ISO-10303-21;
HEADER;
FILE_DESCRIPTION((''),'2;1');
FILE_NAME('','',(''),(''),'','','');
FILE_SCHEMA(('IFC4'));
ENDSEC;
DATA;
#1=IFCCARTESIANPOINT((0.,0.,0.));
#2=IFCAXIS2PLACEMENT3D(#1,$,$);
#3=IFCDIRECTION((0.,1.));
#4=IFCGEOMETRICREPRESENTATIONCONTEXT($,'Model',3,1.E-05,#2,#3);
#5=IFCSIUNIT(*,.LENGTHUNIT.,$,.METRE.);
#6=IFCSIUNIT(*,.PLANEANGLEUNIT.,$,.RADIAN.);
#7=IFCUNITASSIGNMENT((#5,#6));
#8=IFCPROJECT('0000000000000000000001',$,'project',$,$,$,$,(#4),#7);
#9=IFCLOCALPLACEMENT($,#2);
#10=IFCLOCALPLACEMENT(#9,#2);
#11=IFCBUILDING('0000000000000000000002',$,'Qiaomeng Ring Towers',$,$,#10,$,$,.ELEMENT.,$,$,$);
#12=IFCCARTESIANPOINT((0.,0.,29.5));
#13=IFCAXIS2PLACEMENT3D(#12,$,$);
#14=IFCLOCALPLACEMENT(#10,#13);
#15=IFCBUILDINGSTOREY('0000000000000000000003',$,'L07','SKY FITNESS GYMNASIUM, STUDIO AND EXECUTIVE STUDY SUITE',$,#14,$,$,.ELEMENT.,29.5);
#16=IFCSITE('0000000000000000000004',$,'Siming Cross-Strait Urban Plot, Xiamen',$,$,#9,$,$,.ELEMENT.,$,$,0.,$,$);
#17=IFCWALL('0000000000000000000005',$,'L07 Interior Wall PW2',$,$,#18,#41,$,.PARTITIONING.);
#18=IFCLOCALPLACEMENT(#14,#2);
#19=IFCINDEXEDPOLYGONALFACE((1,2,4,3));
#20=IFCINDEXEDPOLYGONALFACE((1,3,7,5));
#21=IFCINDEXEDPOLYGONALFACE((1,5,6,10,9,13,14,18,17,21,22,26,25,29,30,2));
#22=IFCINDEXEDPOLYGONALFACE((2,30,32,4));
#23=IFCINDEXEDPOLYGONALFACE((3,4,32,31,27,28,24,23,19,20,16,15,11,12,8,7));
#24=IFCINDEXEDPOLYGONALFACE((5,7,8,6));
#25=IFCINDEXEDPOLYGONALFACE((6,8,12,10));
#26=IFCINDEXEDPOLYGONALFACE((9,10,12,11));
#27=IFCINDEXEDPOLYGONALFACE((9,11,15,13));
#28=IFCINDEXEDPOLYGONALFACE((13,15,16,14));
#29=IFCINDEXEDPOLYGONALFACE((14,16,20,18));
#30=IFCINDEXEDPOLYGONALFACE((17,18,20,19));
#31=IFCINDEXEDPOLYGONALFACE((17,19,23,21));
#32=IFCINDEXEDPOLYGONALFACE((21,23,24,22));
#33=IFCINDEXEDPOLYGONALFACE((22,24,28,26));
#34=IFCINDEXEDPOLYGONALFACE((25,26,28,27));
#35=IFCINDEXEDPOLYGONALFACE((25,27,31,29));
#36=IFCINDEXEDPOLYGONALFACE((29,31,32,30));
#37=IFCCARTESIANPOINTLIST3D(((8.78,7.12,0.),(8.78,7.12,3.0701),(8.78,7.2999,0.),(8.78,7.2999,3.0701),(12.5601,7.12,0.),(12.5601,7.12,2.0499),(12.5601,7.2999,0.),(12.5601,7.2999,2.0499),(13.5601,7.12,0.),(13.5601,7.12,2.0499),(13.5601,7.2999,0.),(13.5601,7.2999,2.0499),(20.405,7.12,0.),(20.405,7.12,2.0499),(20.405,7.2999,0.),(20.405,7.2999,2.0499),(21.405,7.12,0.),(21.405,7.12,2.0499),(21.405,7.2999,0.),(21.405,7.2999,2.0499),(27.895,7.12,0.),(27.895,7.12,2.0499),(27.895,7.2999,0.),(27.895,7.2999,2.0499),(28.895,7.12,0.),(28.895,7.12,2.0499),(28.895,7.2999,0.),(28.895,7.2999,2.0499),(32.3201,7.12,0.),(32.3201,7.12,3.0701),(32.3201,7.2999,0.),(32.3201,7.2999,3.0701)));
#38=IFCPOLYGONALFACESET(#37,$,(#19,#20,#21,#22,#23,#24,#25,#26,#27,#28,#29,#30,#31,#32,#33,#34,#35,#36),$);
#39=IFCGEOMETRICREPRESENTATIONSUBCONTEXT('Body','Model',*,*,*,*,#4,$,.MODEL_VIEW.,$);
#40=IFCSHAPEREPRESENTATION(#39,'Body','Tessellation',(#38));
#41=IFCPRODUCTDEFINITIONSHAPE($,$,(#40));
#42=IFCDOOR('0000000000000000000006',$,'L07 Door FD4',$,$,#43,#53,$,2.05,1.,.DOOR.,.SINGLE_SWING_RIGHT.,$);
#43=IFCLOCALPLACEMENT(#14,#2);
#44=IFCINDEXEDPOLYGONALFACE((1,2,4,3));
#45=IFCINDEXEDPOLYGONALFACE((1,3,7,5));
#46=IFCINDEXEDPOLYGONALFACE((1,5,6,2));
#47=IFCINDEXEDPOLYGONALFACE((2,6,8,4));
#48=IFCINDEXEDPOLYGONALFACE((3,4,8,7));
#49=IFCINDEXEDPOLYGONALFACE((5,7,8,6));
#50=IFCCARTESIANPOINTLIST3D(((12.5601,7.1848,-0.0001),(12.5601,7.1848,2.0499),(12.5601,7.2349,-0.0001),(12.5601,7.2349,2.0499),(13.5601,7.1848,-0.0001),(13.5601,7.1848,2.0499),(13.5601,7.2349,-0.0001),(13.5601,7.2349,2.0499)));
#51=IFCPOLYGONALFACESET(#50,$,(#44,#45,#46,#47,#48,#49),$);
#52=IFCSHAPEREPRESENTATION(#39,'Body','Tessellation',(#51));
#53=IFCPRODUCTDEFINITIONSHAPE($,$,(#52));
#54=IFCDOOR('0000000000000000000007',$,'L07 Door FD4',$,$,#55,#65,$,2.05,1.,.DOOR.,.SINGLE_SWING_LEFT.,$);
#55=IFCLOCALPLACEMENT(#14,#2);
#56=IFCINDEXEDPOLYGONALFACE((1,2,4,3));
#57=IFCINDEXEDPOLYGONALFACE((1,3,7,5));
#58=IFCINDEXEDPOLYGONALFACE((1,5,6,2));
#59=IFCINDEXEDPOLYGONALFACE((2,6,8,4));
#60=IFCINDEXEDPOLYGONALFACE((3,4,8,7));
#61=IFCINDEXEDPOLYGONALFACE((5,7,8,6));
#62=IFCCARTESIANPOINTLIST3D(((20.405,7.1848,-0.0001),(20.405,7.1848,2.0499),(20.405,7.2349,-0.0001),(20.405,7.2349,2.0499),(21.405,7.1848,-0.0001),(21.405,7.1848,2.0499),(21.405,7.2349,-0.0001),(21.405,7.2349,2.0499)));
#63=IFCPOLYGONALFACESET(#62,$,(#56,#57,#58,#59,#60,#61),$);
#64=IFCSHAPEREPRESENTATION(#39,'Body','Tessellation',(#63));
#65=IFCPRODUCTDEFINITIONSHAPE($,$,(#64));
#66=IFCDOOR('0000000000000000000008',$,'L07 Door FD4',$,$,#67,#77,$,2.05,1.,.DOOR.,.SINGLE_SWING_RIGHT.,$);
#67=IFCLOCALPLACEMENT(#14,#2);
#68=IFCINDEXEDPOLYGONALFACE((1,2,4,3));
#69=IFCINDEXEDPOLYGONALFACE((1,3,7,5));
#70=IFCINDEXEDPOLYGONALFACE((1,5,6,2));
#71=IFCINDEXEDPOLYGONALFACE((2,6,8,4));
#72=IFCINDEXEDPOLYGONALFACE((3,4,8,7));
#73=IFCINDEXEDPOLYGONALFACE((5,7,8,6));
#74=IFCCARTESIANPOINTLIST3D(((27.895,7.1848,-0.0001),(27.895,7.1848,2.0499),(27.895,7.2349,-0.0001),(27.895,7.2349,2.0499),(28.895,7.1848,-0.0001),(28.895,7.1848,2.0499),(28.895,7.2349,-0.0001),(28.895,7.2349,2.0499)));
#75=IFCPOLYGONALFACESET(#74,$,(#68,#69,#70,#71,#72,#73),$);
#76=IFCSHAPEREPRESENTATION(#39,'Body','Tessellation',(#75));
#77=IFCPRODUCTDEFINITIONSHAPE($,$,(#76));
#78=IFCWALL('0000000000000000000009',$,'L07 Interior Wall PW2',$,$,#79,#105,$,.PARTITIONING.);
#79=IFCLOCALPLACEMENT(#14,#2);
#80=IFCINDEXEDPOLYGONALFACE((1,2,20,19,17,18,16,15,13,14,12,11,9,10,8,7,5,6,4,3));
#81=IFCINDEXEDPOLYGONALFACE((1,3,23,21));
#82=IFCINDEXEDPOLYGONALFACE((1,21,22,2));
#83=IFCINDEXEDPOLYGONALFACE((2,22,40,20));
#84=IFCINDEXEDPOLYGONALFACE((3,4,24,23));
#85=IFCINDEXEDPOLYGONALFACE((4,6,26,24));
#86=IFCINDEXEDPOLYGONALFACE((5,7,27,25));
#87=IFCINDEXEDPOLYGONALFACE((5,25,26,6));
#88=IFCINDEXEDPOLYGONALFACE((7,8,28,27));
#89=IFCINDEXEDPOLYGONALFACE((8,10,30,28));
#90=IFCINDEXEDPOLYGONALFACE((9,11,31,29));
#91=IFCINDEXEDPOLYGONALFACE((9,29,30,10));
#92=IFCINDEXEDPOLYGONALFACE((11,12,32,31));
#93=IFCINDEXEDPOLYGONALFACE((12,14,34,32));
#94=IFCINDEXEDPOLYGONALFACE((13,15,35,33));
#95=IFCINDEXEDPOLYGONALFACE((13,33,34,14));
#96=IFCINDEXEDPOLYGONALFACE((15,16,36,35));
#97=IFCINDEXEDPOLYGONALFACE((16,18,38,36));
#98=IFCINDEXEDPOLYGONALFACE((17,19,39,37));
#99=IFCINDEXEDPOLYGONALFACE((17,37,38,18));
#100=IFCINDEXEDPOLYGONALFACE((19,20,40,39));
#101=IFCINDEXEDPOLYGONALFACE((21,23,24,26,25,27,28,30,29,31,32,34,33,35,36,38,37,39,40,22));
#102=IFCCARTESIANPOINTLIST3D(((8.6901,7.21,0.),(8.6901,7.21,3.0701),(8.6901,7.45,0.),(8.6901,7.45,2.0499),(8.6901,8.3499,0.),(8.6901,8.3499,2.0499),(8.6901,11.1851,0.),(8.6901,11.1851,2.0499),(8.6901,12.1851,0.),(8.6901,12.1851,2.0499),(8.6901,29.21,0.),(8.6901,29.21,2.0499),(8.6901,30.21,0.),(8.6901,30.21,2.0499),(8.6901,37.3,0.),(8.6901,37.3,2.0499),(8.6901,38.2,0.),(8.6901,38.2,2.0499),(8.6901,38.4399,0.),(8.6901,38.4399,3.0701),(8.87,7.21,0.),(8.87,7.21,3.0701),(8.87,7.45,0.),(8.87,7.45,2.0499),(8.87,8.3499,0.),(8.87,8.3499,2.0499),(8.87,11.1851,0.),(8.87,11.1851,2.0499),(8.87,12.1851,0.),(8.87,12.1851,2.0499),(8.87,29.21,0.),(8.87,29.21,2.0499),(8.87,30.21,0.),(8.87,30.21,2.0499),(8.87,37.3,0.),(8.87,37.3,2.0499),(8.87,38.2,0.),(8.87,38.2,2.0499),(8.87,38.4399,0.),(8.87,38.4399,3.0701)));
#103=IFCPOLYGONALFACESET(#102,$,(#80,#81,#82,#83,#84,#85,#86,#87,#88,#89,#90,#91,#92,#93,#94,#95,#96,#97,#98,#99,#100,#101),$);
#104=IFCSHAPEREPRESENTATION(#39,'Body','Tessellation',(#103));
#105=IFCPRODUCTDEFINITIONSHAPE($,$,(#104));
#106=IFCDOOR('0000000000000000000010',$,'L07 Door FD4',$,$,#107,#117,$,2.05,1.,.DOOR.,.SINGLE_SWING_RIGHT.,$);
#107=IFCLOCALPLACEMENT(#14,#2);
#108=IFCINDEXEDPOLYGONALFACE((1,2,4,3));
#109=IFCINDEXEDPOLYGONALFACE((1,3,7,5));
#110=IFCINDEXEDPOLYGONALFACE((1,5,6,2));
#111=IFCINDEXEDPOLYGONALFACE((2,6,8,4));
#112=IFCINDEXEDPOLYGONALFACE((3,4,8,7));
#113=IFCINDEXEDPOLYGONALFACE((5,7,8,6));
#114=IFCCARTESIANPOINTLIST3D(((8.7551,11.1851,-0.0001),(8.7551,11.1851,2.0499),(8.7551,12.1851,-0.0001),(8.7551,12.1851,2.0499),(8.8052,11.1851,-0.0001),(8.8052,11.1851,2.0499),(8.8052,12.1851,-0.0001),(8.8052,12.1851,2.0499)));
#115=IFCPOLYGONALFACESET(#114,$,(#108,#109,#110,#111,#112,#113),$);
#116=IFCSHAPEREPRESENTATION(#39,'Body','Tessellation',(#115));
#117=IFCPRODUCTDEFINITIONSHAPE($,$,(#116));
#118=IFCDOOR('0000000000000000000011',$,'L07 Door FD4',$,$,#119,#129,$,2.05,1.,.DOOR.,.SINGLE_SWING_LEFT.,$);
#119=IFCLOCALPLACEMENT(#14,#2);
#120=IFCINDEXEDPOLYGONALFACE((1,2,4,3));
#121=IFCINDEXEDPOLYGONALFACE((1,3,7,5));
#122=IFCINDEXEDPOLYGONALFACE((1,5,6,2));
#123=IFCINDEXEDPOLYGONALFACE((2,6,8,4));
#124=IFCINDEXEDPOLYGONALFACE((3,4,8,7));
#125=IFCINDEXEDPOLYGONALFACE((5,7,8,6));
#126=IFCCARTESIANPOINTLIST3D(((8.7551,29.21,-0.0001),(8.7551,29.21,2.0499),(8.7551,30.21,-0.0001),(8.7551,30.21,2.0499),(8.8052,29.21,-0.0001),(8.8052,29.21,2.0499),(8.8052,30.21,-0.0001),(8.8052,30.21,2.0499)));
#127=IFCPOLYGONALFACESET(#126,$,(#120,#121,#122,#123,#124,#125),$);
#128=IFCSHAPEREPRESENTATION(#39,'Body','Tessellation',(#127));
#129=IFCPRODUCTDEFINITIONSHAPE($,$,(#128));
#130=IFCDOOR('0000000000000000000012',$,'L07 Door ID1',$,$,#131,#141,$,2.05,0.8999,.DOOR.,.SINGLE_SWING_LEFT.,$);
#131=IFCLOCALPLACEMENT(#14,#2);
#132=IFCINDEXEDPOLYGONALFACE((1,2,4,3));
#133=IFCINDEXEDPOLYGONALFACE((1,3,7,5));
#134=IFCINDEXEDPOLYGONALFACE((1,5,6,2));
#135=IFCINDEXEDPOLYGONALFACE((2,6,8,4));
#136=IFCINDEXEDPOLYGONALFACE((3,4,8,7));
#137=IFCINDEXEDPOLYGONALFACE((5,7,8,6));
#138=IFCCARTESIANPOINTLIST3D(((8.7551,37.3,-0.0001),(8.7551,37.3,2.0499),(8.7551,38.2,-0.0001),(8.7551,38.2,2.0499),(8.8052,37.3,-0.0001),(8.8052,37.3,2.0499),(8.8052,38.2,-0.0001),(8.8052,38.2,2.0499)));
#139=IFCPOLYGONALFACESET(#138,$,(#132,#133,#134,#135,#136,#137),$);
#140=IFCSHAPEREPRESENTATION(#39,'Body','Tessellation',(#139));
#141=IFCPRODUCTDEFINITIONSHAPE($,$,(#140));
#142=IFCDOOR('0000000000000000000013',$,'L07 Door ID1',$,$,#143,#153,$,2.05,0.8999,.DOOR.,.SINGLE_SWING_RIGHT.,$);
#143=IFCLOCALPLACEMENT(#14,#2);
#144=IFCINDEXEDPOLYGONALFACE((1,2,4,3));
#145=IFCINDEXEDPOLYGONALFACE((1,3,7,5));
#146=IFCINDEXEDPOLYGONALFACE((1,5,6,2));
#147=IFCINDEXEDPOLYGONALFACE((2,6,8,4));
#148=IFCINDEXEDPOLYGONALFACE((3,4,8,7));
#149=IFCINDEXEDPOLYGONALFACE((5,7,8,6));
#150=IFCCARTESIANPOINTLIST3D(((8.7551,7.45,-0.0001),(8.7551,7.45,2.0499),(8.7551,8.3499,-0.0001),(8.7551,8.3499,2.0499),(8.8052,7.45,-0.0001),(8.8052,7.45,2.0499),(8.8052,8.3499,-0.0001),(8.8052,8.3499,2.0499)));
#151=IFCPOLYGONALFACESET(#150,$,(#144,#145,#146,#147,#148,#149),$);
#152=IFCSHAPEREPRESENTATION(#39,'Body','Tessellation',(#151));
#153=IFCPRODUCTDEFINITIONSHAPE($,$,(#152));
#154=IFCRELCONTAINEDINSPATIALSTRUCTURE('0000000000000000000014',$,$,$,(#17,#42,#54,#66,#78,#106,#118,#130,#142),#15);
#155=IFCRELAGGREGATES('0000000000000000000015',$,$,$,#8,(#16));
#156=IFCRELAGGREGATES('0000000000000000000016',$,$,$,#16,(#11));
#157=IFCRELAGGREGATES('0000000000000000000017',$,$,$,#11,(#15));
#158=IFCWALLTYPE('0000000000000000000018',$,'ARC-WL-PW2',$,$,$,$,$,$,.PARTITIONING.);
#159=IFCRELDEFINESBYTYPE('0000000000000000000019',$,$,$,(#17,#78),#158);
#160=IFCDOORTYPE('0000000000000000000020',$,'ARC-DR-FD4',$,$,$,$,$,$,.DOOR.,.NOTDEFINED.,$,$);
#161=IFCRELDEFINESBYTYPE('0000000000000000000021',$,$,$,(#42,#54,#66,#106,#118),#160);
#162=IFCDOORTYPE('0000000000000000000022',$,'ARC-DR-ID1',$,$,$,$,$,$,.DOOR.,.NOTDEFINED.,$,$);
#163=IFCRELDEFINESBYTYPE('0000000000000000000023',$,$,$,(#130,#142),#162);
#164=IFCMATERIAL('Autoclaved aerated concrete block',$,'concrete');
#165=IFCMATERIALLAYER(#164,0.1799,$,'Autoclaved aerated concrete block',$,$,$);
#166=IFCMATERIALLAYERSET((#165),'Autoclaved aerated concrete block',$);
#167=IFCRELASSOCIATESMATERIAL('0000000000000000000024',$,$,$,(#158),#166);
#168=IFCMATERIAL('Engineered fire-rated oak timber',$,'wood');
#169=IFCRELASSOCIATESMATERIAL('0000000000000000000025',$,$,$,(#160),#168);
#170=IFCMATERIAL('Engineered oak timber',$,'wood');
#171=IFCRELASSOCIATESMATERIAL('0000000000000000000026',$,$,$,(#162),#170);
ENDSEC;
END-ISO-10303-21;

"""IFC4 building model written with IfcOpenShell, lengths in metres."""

from ifc_helpers import new_model, si_unit, direction, frame, frame_2d, origin, place, context, subcontext, project, spatial, rectangle, extrude, source, transform, mapped, material, layer, layer_set, type_object, element, fill, save


model = new_model("IFC4")

# Units and contexts
model_context = context("Model", 3, precision=1e-05, world=origin(), true_north=direction((0.0, 1.0)))
body_context = subcontext(model_context, "Body", "Model", "MODEL_VIEW")
ifc_project = project(units=[si_unit("LENGTHUNIT", "METRE"), si_unit("PLANEANGLEUNIT", "RADIAN")], contexts=[model_context])

# Site, building, storey
site_placement = place(None, origin())
site = spatial("IfcSite", under=ifc_project, at=site_placement, Name="Siming Cross-Strait Urban Plot, Xiamen", CompositionType="ELEMENT", RefElevation=0.0)
building_placement = place(site_placement, origin())
building = spatial("IfcBuilding", under=site, at=building_placement, Name="Qiaomeng Ring Towers", CompositionType="ELEMENT")
storey_placement = place(building_placement, frame((0.0, 0.0, 29.5)))
storey = spatial("IfcBuildingStorey", under=building, at=storey_placement, Name="L07", Description="SKY FITNESS GYMNASIUM, STUDIO AND EXECUTIVE STUDY SUITE", CompositionType="ELEMENT", Elevation=29.5)

# Walls, openings, doors
ifc_material_1 = material(Name="Autoclaved aerated concrete block", Category="concrete")
ifc_layer_1 = layer(ifc_material_1, 0.1799, Name="Autoclaved aerated concrete block")
ifc_layer_set_1 = layer_set([ifc_layer_1], Name="Autoclaved aerated concrete block")
wall_type_1 = type_object("IfcWallType", Name="ARC-WL-PW2", PredefinedType="PARTITIONING", material=ifc_layer_set_1)
wall_1_placement = place(storey_placement, frame((8.78, 7.21, 0.0), z_axis=(0.0, 0.0, 1.0), x_axis=(1.0, 0.0, 0.0)))
wall_1 = element("IfcWall", 1, at=wall_1_placement, inside=storey, type_object=wall_type_1, Name="L07 Interior Wall PW2", PredefinedType="PARTITIONING", context=body_context, shape_type="SweptSolid", body=[
    extrude(rectangle(XDim=23.54, YDim=0.1799, at=frame_2d((11.77, 0.0))), origin(), (0.0, 0.0, 1.0), 3.0701),
])
opening_1_placement = place(wall_1_placement, frame((3.78, 0.0, 0.0)))
opening_1 = element("IfcOpeningElement", 2, at=opening_1_placement, cuts=wall_1, PredefinedType="OPENING", context=body_context, shape_type="SweptSolid", body=[
    extrude(rectangle(XDim=1.0, YDim=2.05, at=frame_2d((0.5, 1.0249))), frame((0.0, 0.0999, 0.0), z_axis=(0.0, -1.0, 0.0), x_axis=(1.0, 0.0, 0.0)), (0.0, 0.0, 1.0), 0.2),
])
opening_2_placement = place(wall_1_placement, frame((11.625, 0.0, 0.0)))
opening_2 = element("IfcOpeningElement", 3, at=opening_2_placement, cuts=wall_1, PredefinedType="OPENING", context=body_context, shape_type="SweptSolid", body=[
    extrude(rectangle(XDim=1.0, YDim=2.05, at=frame_2d((0.5, 1.0249))), frame((0.0, 0.0999, 0.0), z_axis=(0.0, -1.0, 0.0), x_axis=(1.0, 0.0, 0.0)), (0.0, 0.0, 1.0), 0.2),
])
opening_3_placement = place(wall_1_placement, frame((19.115, 0.0, 0.0)))
opening_3 = element("IfcOpeningElement", 4, at=opening_3_placement, cuts=wall_1, PredefinedType="OPENING", context=body_context, shape_type="SweptSolid", body=[
    extrude(rectangle(XDim=1.0, YDim=2.05, at=frame_2d((0.5, 1.0249))), frame((0.0, 0.0999, 0.0), z_axis=(0.0, -1.0, 0.0), x_axis=(1.0, 0.0, 0.0)), (0.0, 0.0, 1.0), 0.2),
])
ifc_material_2 = material(Name="Engineered fire-rated oak timber", Category="wood")
door_type_1 = type_object("IfcDoorType", Name="ARC-DR-FD4", OperationType="NOTDEFINED", PredefinedType="DOOR", material=ifc_material_2)
shared_shape_1 = source(origin(), body_context, "Body", "SweptSolid", [
    extrude(rectangle(XDim=1.0, YDim=2.05, at=frame_2d((0.5, 1.0249))), frame((0.0, 0.0249, 0.0), z_axis=(0.0, -1.0, 0.0), x_axis=(1.0, 0.0, 0.0)), (0.0, 0.0, 1.0), 0.05),
])
door_1_placement = place(opening_1_placement, origin())
door_1 = element("IfcDoor", 5, at=door_1_placement, inside=storey, type_object=door_type_1, Name="L07 Door FD4", OperationType="SINGLE_SWING_RIGHT", OverallHeight=2.05, OverallWidth=1.0, PredefinedType="DOOR", context=body_context, shape_type="MappedRepresentation", body=[
    mapped(shared_shape_1, transform((0.0, 0.0, 0.0), x_axis=(1.0, 0.0, 0.0), y_axis=(0.0, 1.0, 0.0), z_axis=(0.0, 0.0, 1.0), scale=1.0)),
])
fill(opening_1, door_1)
door_2_placement = place(opening_2_placement, origin())
door_2 = element("IfcDoor", 6, at=door_2_placement, inside=storey, type_object=door_type_1, Name="L07 Door FD4", OperationType="SINGLE_SWING_LEFT", OverallHeight=2.05, OverallWidth=1.0, PredefinedType="DOOR", context=body_context, shape_type="MappedRepresentation", body=[
    mapped(shared_shape_1, transform((0.0, 0.0, 0.0), x_axis=(1.0, 0.0, 0.0), y_axis=(0.0, 1.0, 0.0), z_axis=(0.0, 0.0, 1.0), scale=1.0)),
])
fill(opening_2, door_2)
door_3_placement = place(opening_3_placement, origin())
door_3 = element("IfcDoor", 7, at=door_3_placement, inside=storey, type_object=door_type_1, Name="L07 Door FD4", OperationType="SINGLE_SWING_RIGHT", OverallHeight=2.05, OverallWidth=1.0, PredefinedType="DOOR", context=body_context, shape_type="MappedRepresentation", body=[
    mapped(shared_shape_1, transform((0.0, 0.0, 0.0), x_axis=(1.0, 0.0, 0.0), y_axis=(0.0, 1.0, 0.0), z_axis=(0.0, 0.0, 1.0), scale=1.0)),
])
fill(opening_3, door_3)
wall_2_placement = place(storey_placement, frame((8.78, 7.21, 0.0), z_axis=(0.0, 0.0, 1.0), x_axis=(0.0, 1.0, 0.0)))
wall_2 = element("IfcWall", 8, at=wall_2_placement, inside=storey, type_object=wall_type_1, Name="L07 Interior Wall PW2", PredefinedType="PARTITIONING", context=body_context, shape_type="SweptSolid", body=[
    extrude(rectangle(XDim=31.23, YDim=0.1799, at=frame_2d((15.615, 0.0))), origin(), (0.0, 0.0, 1.0), 3.0701),
])
opening_4_placement = place(wall_2_placement, frame((30.0901, 0.0, 0.0)))
opening_4 = element("IfcOpeningElement", 9, at=opening_4_placement, cuts=wall_2, PredefinedType="OPENING", context=body_context, shape_type="SweptSolid", body=[
    extrude(rectangle(XDim=0.8999, YDim=2.05, at=frame_2d((0.45, 1.0249))), frame((0.0, 0.0999, 0.0), z_axis=(0.0, -1.0, 0.0), x_axis=(1.0, 0.0, 0.0)), (0.0, 0.0, 1.0), 0.2),
])
opening_5_placement = place(wall_2_placement, frame((0.24, 0.0, 0.0)))
opening_5 = element("IfcOpeningElement", 10, at=opening_5_placement, cuts=wall_2, PredefinedType="OPENING", context=body_context, shape_type="SweptSolid", body=[
    extrude(rectangle(XDim=0.8999, YDim=2.05, at=frame_2d((0.45, 1.0249))), frame((0.0, 0.0999, 0.0), z_axis=(0.0, -1.0, 0.0), x_axis=(1.0, 0.0, 0.0)), (0.0, 0.0, 1.0), 0.2),
])
opening_6_placement = place(wall_2_placement, frame((3.9751, 0.0, 0.0)))
opening_6 = element("IfcOpeningElement", 11, at=opening_6_placement, cuts=wall_2, PredefinedType="OPENING", context=body_context, shape_type="SweptSolid", body=[
    extrude(rectangle(XDim=1.0, YDim=2.05, at=frame_2d((0.5, 1.0249))), frame((0.0, 0.0999, 0.0), z_axis=(0.0, -1.0, 0.0), x_axis=(1.0, 0.0, 0.0)), (0.0, 0.0, 1.0), 0.2),
])
opening_7_placement = place(wall_2_placement, frame((22.0, 0.0, 0.0)))
opening_7 = element("IfcOpeningElement", 12, at=opening_7_placement, cuts=wall_2, PredefinedType="OPENING", context=body_context, shape_type="SweptSolid", body=[
    extrude(rectangle(XDim=1.0, YDim=2.05, at=frame_2d((0.5, 1.0249))), frame((0.0, 0.0999, 0.0), z_axis=(0.0, -1.0, 0.0), x_axis=(1.0, 0.0, 0.0)), (0.0, 0.0, 1.0), 0.2),
])
door_4_placement = place(opening_6_placement, origin())
door_4 = element("IfcDoor", 13, at=door_4_placement, inside=storey, type_object=door_type_1, Name="L07 Door FD4", OperationType="SINGLE_SWING_RIGHT", OverallHeight=2.05, OverallWidth=1.0, PredefinedType="DOOR", context=body_context, shape_type="MappedRepresentation", body=[
    mapped(shared_shape_1, transform((0.0, 0.0, 0.0), x_axis=(1.0, 0.0, 0.0), y_axis=(0.0, 1.0, 0.0), z_axis=(0.0, 0.0, 1.0), scale=1.0)),
])
fill(opening_6, door_4)
door_5_placement = place(opening_7_placement, origin())
door_5 = element("IfcDoor", 14, at=door_5_placement, inside=storey, type_object=door_type_1, Name="L07 Door FD4", OperationType="SINGLE_SWING_LEFT", OverallHeight=2.05, OverallWidth=1.0, PredefinedType="DOOR", context=body_context, shape_type="MappedRepresentation", body=[
    mapped(shared_shape_1, transform((0.0, 0.0, 0.0), x_axis=(1.0, 0.0, 0.0), y_axis=(0.0, 1.0, 0.0), z_axis=(0.0, 0.0, 1.0), scale=1.0)),
])
fill(opening_7, door_5)
ifc_material_3 = material(Name="Engineered oak timber", Category="wood")
door_type_2 = type_object("IfcDoorType", Name="ARC-DR-ID1", OperationType="NOTDEFINED", PredefinedType="DOOR", material=ifc_material_3)
shared_shape_2 = source(origin(), body_context, "Body", "SweptSolid", [
    extrude(rectangle(XDim=0.8999, YDim=2.05, at=frame_2d((0.45, 1.0249))), frame((0.0, 0.0249, 0.0), z_axis=(0.0, -1.0, 0.0), x_axis=(1.0, 0.0, 0.0)), (0.0, 0.0, 1.0), 0.05),
])
door_6_placement = place(opening_4_placement, origin())
door_6 = element("IfcDoor", 15, at=door_6_placement, inside=storey, type_object=door_type_2, Name="L07 Door ID1", OperationType="SINGLE_SWING_LEFT", OverallHeight=2.05, OverallWidth=0.8999, PredefinedType="DOOR", context=body_context, shape_type="MappedRepresentation", body=[
    mapped(shared_shape_2, transform((0.0, 0.0, 0.0), x_axis=(1.0, 0.0, 0.0), y_axis=(0.0, 1.0, 0.0), z_axis=(0.0, 0.0, 1.0), scale=1.0)),
])
fill(opening_4, door_6)
door_7_placement = place(opening_5_placement, origin())
door_7 = element("IfcDoor", 16, at=door_7_placement, inside=storey, type_object=door_type_2, Name="L07 Door ID1", OperationType="SINGLE_SWING_RIGHT", OverallHeight=2.05, OverallWidth=0.8999, PredefinedType="DOOR", context=body_context, shape_type="MappedRepresentation", body=[
    mapped(shared_shape_2, transform((0.0, 0.0, 0.0), x_axis=(1.0, 0.0, 0.0), y_axis=(0.0, 1.0, 0.0), z_axis=(0.0, 0.0, 1.0), scale=1.0)),
])
fill(opening_5, door_7)

save(model, "model.ifc")
